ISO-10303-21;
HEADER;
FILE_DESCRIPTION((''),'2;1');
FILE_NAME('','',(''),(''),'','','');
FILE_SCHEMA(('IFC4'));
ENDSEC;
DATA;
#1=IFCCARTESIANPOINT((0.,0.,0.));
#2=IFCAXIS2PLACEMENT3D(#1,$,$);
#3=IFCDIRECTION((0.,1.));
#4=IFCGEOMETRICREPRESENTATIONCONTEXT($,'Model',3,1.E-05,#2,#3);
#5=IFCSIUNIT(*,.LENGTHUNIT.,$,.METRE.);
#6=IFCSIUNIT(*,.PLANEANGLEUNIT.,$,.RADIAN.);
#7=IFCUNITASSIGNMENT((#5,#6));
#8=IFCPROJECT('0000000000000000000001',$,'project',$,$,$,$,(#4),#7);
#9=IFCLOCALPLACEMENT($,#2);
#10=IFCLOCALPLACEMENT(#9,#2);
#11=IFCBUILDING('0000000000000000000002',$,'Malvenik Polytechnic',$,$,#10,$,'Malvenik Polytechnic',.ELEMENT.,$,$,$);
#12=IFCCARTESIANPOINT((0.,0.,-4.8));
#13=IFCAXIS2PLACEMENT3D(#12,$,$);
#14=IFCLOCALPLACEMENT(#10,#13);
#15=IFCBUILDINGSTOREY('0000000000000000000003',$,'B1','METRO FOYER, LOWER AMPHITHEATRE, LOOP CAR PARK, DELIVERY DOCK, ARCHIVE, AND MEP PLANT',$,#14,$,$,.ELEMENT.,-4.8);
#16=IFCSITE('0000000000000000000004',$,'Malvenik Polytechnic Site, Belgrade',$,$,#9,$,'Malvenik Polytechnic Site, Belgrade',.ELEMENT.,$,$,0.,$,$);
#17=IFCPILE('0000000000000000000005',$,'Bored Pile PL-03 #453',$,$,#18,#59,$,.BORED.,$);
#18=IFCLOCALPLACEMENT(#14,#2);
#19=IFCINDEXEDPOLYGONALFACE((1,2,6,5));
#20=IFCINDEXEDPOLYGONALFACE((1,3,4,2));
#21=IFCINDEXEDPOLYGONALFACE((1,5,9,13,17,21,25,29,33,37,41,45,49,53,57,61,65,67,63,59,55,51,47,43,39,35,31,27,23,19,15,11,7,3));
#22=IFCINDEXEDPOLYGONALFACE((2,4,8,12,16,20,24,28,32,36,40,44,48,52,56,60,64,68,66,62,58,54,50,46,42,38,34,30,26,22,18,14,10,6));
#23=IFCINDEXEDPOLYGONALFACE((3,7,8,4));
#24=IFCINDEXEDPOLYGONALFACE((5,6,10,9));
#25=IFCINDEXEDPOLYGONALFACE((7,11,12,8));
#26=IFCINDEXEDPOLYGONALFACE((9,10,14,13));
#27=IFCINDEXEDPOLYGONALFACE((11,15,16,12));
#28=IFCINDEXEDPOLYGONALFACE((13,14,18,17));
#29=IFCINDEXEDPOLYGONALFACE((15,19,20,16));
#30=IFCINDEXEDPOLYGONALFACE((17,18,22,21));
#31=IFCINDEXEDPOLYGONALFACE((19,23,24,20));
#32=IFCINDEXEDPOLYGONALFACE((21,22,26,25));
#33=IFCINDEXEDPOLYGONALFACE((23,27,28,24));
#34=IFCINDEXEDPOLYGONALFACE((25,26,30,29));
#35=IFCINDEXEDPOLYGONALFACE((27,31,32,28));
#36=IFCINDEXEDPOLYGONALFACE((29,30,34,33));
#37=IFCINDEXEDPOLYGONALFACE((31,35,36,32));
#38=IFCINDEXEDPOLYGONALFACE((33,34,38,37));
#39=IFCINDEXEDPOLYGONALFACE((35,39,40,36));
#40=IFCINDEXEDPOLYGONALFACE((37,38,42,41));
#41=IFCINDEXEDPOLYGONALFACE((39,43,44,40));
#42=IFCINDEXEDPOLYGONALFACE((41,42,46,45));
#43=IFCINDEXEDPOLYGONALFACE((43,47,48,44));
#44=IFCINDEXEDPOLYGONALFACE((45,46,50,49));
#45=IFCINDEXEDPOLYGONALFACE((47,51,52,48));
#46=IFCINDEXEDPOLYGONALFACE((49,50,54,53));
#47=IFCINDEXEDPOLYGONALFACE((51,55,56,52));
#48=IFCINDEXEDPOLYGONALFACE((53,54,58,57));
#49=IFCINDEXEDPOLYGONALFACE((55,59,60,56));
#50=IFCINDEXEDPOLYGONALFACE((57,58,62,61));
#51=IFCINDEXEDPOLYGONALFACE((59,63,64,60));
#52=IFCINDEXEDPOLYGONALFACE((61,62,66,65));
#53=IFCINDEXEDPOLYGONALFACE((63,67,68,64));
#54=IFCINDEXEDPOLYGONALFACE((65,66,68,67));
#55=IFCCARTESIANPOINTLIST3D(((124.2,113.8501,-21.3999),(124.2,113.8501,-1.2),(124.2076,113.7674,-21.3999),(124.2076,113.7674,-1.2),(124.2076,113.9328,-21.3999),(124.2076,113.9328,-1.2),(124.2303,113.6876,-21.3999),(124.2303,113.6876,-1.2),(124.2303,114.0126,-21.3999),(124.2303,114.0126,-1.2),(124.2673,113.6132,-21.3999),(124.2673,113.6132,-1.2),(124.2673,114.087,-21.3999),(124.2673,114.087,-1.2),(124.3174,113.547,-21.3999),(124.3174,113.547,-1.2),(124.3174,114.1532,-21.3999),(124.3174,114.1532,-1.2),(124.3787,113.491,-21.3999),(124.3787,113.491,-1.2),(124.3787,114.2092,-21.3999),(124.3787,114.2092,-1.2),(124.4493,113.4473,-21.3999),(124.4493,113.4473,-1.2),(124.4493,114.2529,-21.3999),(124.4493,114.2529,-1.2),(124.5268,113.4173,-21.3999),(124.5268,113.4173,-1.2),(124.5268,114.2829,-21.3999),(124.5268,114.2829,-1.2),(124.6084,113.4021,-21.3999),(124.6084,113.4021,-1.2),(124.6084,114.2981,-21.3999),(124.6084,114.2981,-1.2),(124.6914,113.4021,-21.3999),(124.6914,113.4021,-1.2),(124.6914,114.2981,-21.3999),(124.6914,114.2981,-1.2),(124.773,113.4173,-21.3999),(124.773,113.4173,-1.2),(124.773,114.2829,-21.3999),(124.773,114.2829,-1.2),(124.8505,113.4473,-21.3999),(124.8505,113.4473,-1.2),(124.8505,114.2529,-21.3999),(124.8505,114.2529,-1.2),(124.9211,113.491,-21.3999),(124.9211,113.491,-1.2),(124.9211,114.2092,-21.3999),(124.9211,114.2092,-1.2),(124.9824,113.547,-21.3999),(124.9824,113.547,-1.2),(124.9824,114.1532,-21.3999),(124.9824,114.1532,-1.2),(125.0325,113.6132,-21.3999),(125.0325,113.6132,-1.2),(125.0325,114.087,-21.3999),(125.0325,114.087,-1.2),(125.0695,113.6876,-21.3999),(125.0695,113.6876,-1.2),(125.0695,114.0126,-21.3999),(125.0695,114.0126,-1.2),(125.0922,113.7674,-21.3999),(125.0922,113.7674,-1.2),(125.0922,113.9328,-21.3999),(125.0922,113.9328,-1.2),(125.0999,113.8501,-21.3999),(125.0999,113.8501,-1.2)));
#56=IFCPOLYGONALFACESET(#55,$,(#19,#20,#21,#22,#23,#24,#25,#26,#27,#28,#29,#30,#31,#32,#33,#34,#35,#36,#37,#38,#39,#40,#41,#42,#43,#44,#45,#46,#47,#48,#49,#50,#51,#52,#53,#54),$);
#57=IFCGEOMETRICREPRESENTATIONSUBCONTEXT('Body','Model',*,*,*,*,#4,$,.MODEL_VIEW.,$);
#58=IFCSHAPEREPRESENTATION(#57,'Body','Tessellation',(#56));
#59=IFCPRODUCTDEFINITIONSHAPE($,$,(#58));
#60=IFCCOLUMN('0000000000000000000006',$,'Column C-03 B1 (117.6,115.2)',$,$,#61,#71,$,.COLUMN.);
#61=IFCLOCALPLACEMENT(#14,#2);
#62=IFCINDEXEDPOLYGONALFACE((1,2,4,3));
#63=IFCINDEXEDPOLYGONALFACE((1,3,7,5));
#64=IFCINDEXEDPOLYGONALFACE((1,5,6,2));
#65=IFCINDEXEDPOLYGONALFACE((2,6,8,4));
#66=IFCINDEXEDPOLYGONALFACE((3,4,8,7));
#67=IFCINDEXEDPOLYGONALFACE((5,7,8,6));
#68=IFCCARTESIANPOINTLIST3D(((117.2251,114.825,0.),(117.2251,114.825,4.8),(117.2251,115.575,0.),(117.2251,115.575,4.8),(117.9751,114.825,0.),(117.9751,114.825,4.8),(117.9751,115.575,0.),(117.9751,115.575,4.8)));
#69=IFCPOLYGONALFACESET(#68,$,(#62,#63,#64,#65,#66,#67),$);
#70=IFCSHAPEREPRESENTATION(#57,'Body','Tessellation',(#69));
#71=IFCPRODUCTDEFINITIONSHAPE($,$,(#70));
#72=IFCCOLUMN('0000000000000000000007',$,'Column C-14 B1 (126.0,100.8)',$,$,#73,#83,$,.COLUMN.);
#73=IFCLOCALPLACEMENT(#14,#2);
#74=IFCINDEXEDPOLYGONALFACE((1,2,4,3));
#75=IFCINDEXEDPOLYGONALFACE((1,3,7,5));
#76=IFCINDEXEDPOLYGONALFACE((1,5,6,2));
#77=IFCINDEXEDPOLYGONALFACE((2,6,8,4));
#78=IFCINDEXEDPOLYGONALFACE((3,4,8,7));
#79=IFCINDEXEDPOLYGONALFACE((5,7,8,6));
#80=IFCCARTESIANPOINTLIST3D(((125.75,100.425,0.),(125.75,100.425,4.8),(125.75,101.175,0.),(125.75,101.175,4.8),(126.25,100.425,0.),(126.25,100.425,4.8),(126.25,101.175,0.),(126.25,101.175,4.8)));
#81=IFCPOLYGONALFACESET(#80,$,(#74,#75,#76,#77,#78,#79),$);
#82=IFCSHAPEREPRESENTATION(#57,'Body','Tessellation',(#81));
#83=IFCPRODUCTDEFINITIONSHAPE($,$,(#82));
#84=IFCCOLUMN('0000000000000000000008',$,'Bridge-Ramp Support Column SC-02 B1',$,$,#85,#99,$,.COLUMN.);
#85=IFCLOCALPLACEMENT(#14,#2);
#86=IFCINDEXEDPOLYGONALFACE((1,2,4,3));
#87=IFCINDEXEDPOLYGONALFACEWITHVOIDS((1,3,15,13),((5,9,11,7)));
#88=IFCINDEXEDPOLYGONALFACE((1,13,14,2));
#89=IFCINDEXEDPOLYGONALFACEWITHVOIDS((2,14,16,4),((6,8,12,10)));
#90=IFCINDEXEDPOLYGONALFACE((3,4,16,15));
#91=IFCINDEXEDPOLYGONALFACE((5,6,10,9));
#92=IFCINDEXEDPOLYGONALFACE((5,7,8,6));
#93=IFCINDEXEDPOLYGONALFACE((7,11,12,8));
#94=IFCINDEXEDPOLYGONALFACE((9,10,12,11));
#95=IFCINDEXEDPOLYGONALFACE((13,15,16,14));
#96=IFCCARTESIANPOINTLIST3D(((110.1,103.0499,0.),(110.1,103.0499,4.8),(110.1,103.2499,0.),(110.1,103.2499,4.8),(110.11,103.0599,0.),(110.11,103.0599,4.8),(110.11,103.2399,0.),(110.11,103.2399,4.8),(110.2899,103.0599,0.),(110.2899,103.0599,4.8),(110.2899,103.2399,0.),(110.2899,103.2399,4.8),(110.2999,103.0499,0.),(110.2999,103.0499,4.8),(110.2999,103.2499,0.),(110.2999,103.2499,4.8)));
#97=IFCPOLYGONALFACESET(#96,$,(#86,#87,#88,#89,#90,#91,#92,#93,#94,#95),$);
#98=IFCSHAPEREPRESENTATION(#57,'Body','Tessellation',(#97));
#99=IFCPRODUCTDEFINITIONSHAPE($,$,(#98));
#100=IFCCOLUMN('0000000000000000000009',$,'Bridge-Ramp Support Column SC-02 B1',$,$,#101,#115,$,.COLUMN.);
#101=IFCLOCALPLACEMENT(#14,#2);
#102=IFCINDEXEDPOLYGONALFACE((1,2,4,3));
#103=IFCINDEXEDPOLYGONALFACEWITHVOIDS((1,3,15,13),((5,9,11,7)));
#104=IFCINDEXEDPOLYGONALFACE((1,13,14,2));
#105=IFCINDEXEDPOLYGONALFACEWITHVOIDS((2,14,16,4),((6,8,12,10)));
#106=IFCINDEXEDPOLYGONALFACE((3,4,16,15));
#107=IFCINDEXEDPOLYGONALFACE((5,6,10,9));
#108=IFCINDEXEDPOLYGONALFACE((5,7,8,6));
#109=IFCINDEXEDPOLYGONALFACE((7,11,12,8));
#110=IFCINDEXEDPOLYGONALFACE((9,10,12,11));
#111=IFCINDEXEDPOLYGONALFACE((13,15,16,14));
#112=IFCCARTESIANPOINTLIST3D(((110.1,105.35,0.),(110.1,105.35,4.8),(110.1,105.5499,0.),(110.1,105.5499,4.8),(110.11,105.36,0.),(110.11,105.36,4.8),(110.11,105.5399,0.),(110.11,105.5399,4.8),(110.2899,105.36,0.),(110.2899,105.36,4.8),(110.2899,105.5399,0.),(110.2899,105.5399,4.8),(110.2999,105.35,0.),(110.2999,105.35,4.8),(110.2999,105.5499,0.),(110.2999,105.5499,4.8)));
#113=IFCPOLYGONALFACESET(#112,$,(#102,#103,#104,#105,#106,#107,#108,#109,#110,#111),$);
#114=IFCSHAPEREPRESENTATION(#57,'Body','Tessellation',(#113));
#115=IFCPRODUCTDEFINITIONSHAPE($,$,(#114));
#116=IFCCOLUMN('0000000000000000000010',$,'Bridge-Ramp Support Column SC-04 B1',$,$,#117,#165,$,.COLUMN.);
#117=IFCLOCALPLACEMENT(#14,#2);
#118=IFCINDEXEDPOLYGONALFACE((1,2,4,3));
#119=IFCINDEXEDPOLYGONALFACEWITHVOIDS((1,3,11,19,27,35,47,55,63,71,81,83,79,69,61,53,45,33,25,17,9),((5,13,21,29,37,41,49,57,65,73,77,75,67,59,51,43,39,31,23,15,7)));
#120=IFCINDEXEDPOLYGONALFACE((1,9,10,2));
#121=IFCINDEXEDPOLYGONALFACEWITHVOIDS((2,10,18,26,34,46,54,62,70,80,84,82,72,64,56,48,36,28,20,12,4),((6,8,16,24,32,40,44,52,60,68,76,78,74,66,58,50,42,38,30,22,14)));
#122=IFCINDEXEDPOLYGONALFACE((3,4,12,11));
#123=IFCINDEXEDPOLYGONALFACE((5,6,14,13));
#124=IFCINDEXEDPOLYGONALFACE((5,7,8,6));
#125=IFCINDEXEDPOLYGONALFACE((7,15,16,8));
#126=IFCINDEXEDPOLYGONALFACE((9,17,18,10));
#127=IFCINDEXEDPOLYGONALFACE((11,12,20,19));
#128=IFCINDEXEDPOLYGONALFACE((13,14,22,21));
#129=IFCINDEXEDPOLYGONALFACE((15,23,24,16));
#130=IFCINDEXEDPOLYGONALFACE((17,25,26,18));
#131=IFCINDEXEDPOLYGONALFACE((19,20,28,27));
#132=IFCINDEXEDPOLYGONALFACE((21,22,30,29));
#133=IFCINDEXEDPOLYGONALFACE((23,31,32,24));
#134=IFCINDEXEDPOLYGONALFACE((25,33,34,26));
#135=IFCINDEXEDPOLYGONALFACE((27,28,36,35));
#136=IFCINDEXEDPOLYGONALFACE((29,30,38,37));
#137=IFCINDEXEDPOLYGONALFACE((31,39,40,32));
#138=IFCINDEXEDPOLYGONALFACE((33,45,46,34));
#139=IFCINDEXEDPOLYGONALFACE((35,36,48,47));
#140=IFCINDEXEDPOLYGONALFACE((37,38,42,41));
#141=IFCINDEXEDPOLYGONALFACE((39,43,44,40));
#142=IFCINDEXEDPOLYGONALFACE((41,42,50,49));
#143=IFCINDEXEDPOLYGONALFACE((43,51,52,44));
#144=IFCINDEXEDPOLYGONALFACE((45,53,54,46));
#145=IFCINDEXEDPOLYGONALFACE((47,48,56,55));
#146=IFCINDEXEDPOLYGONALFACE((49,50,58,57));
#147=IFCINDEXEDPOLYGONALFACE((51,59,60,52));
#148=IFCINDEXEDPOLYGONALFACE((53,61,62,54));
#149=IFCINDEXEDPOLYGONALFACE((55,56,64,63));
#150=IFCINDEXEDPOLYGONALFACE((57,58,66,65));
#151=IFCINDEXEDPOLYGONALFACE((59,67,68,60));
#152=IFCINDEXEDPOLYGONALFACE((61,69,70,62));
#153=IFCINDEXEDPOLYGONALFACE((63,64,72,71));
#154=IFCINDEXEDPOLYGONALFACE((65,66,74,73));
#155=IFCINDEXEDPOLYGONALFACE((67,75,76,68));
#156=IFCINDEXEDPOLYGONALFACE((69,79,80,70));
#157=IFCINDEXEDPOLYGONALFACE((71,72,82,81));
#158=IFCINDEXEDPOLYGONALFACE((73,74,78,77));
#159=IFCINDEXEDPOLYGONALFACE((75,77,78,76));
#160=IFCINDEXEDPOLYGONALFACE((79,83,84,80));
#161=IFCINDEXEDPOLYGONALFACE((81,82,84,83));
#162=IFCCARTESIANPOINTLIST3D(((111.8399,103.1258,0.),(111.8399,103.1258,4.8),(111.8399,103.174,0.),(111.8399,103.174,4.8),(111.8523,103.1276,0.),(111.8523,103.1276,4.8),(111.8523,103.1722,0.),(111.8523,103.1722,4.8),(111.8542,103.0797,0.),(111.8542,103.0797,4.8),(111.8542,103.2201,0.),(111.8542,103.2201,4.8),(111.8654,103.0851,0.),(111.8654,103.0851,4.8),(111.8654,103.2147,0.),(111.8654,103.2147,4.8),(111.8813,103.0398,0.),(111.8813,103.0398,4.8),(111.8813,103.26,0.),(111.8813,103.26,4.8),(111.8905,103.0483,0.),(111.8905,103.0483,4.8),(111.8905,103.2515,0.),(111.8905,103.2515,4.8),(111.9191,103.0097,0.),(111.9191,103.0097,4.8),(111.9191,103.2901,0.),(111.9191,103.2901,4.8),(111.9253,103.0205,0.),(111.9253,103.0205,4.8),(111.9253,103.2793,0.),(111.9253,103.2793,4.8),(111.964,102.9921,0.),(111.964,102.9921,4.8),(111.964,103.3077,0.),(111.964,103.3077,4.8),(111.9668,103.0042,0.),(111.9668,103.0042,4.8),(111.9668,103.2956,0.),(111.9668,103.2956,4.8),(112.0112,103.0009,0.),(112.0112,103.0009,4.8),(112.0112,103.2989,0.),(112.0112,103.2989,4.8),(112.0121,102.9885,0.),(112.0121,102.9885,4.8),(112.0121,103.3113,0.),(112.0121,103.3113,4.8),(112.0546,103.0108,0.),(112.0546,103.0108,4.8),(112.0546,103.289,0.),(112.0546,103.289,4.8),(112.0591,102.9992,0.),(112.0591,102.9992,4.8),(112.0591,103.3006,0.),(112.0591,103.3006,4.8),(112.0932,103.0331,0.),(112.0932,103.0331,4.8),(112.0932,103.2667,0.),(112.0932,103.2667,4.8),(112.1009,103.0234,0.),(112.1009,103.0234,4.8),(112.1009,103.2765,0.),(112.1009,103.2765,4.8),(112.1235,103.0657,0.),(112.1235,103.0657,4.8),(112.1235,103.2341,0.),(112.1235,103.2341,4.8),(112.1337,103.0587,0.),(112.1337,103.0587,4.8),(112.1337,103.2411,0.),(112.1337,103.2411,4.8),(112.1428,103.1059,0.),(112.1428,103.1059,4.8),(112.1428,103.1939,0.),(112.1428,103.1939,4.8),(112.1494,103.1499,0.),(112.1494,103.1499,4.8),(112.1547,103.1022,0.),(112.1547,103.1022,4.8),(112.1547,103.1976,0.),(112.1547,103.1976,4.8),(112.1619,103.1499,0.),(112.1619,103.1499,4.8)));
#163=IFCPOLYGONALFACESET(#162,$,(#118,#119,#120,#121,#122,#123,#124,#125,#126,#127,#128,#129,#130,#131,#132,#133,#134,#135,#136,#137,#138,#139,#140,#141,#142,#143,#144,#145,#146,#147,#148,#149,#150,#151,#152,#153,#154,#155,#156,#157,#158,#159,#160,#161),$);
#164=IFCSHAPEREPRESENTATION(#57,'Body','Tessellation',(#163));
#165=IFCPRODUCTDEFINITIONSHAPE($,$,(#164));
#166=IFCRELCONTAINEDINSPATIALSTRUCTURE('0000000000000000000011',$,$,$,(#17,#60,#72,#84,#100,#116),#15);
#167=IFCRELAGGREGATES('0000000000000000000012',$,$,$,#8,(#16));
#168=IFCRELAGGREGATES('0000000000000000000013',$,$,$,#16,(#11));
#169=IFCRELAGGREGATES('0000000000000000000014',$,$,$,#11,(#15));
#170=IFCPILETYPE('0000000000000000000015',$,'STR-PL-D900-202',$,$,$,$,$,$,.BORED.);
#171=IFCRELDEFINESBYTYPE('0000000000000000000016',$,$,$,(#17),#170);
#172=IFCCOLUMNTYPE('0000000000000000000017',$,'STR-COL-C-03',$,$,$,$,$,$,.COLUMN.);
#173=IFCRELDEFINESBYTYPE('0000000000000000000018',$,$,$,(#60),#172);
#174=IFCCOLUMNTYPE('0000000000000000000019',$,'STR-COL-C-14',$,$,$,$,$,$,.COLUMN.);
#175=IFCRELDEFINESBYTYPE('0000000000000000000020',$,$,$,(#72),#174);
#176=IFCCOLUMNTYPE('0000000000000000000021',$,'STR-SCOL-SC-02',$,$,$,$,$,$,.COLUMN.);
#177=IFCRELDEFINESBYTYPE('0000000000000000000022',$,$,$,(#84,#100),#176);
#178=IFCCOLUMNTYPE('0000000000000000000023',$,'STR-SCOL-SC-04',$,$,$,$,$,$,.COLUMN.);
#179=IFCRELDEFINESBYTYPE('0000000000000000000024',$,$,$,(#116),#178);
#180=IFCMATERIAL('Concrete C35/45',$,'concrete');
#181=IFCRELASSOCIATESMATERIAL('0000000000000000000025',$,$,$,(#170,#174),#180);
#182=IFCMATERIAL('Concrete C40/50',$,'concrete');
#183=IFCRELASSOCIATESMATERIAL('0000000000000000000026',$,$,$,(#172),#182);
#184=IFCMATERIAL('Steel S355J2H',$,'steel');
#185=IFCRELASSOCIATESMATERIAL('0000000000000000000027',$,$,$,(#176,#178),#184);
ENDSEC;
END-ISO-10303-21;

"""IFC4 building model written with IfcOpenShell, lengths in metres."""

from ifc_helpers import new_model, si_unit, direction, frame, origin, origin_2d, place, context, subcontext, project, spatial, rectangle, hollow_rectangle, circle, hollow_circle, extrude, material, material_profile, profile_set, type_object, element, save


model = new_model("IFC4")

# Units and contexts
model_context = context("Model", 3, precision=1e-05, world=origin(), true_north=direction((0.0, 1.0)))
body_context = subcontext(model_context, "Body", "Model", "MODEL_VIEW")
ifc_project = project(units=[si_unit("LENGTHUNIT", "METRE"), si_unit("PLANEANGLEUNIT", "RADIAN")], contexts=[model_context])

# Site, building, storey
site_placement = place(None, origin())
site = spatial("IfcSite", under=ifc_project, at=site_placement, Name="Malvenik Polytechnic Site, Belgrade", LongName="Malvenik Polytechnic Site, Belgrade", CompositionType="ELEMENT", RefElevation=0.0)
building_placement = place(site_placement, origin())
building = spatial("IfcBuilding", under=site, at=building_placement, Name="Malvenik Polytechnic", LongName="Malvenik Polytechnic", CompositionType="ELEMENT")
storey_placement = place(building_placement, frame((0.0, 0.0, -4.8)))
storey = spatial("IfcBuildingStorey", under=building, at=storey_placement, Name="B1", Description="METRO FOYER, LOWER AMPHITHEATRE, LOOP CAR PARK, DELIVERY DOCK, ARCHIVE, AND MEP PLANT", CompositionType="ELEMENT", Elevation=-4.8)

# Shared definitions
ifc_material_1 = material(Name="Concrete C35/45", Category="concrete")

# Pile
ifc_material_profile_1 = material_profile(ifc_material_1, circle(Radius=0.45, at=origin_2d()), Name="BORED PILE D900")
ifc_profile_set_1 = profile_set([ifc_material_profile_1], Name="Concrete C35/45")
pile_type_1 = type_object("IfcPileType", Name="STR-PL-D900-202", PredefinedType="BORED", material=ifc_profile_set_1)
for number, where, z_axis, x_axis, name in (
    (1, (124.6499, 113.8501, -1.2), (0.0, 0.0, -1.0), (1.0, 0.0, 0.0), "Bored Pile PL-03 #453"),
):
    element("IfcPile", number, at=place(storey_placement, frame(where, z_axis=z_axis, x_axis=x_axis)), inside=storey, type_object=pile_type_1, Name=name, PredefinedType="BORED", context=body_context, shape_type="SweptSolid", body=[
        extrude(circle(Radius=0.45, at=origin_2d()), origin(), (0.0, 0.0, 1.0), 20.2),
    ])

# Columns
ifc_material_2 = material(Name="Concrete C40/50", Category="concrete")
ifc_material_profile_2 = material_profile(ifc_material_2, rectangle(XDim=0.75, YDim=0.75, at=origin_2d()), Name="RC COL 750x750")
ifc_profile_set_2 = profile_set([ifc_material_profile_2], Name="Concrete C40/50")
column_type_1 = type_object("IfcColumnType", Name="STR-COL-C-03", PredefinedType="COLUMN", material=ifc_profile_set_2)
column_1_placement = place(storey_placement, frame((117.6001, 115.2, 0.0), z_axis=(0.0, 0.0, 1.0), x_axis=(1.0, 0.0, 0.0)))
element("IfcColumn", 2, at=column_1_placement, inside=storey, type_object=column_type_1, Name="Column C-03 B1 (117.6,115.2)", PredefinedType="COLUMN", context=body_context, shape_type="SweptSolid", body=[
    extrude(rectangle(XDim=0.75, YDim=0.75, at=origin_2d()), origin(), (0.0, 0.0, 1.0), 4.8),
])
ifc_material_profile_3 = material_profile(ifc_material_1, rectangle(XDim=0.5, YDim=0.75, at=origin_2d()), Name="RC COL 750x500")
ifc_profile_set_3 = profile_set([ifc_material_profile_3], Name="Concrete C35/45")
column_type_2 = type_object("IfcColumnType", Name="STR-COL-C-14", PredefinedType="COLUMN", material=ifc_profile_set_3)
column_2_placement = place(storey_placement, frame((126.0, 100.8, 0.0), z_axis=(0.0, 0.0, 1.0), x_axis=(1.0, 0.0, 0.0)))
element("IfcColumn", 3, at=column_2_placement, inside=storey, type_object=column_type_2, Name="Column C-14 B1 (126.0,100.8)", PredefinedType="COLUMN", context=body_context, shape_type="SweptSolid", body=[
    extrude(rectangle(XDim=0.5, YDim=0.75, at=origin_2d()), origin(), (0.0, 0.0, 1.0), 4.8),
])
ifc_material_3 = material(Name="Steel S355J2H", Category="steel")
ifc_material_profile_4 = material_profile(ifc_material_3, hollow_rectangle(XDim=0.2, YDim=0.2, WallThickness=0.01, at=origin_2d()), Name="SHS 200x200x10.0")
ifc_profile_set_4 = profile_set([ifc_material_profile_4], Name="Steel S355J2H")
column_type_3 = type_object("IfcColumnType", Name="STR-SCOL-SC-02", PredefinedType="COLUMN", material=ifc_profile_set_4)
for number, where, z_axis, x_axis, name in (
    (4, (110.2, 103.1499, 0.0), (0.0, 0.0, 1.0), (1.0, 0.0, 0.0), "Bridge-Ramp Support Column SC-02 B1"),
    (5, (110.2, 105.45, 0.0), (0.0, 0.0, 1.0), (1.0, 0.0, 0.0), "Bridge-Ramp Support Column SC-02 B1"),
):
    element("IfcColumn", number, at=place(storey_placement, frame(where, z_axis=z_axis, x_axis=x_axis)), inside=storey, type_object=column_type_3, Name=name, PredefinedType="COLUMN", context=body_context, shape_type="SweptSolid", body=[
        extrude(hollow_rectangle(XDim=0.2, YDim=0.2, WallThickness=0.01, at=origin_2d()), origin(), (0.0, 0.0, 1.0), 4.8),
    ])
ifc_material_profile_5 = material_profile(ifc_material_3, hollow_circle(Radius=0.1619, WallThickness=0.0125, at=origin_2d()), Name="CHS 323.9x12.5")
ifc_profile_set_5 = profile_set([ifc_material_profile_5], Name="Steel S355J2H")
column_type_4 = type_object("IfcColumnType", Name="STR-SCOL-SC-04", PredefinedType="COLUMN", material=ifc_profile_set_5)
for number, where, z_axis, x_axis, name in (
    (6, (112.0, 103.1499, 0.0), (0.0, 0.0, 1.0), (1.0, 0.0, 0.0), "Bridge-Ramp Support Column SC-04 B1"),
):
    element("IfcColumn", number, at=place(storey_placement, frame(where, z_axis=z_axis, x_axis=x_axis)), inside=storey, type_object=column_type_4, Name=name, PredefinedType="COLUMN", context=body_context, shape_type="SweptSolid", body=[
        extrude(hollow_circle(Radius=0.1619, WallThickness=0.0125, at=origin_2d()), origin(), (0.0, 0.0, 1.0), 4.8),
    ])

save(model, "model.ifc")
